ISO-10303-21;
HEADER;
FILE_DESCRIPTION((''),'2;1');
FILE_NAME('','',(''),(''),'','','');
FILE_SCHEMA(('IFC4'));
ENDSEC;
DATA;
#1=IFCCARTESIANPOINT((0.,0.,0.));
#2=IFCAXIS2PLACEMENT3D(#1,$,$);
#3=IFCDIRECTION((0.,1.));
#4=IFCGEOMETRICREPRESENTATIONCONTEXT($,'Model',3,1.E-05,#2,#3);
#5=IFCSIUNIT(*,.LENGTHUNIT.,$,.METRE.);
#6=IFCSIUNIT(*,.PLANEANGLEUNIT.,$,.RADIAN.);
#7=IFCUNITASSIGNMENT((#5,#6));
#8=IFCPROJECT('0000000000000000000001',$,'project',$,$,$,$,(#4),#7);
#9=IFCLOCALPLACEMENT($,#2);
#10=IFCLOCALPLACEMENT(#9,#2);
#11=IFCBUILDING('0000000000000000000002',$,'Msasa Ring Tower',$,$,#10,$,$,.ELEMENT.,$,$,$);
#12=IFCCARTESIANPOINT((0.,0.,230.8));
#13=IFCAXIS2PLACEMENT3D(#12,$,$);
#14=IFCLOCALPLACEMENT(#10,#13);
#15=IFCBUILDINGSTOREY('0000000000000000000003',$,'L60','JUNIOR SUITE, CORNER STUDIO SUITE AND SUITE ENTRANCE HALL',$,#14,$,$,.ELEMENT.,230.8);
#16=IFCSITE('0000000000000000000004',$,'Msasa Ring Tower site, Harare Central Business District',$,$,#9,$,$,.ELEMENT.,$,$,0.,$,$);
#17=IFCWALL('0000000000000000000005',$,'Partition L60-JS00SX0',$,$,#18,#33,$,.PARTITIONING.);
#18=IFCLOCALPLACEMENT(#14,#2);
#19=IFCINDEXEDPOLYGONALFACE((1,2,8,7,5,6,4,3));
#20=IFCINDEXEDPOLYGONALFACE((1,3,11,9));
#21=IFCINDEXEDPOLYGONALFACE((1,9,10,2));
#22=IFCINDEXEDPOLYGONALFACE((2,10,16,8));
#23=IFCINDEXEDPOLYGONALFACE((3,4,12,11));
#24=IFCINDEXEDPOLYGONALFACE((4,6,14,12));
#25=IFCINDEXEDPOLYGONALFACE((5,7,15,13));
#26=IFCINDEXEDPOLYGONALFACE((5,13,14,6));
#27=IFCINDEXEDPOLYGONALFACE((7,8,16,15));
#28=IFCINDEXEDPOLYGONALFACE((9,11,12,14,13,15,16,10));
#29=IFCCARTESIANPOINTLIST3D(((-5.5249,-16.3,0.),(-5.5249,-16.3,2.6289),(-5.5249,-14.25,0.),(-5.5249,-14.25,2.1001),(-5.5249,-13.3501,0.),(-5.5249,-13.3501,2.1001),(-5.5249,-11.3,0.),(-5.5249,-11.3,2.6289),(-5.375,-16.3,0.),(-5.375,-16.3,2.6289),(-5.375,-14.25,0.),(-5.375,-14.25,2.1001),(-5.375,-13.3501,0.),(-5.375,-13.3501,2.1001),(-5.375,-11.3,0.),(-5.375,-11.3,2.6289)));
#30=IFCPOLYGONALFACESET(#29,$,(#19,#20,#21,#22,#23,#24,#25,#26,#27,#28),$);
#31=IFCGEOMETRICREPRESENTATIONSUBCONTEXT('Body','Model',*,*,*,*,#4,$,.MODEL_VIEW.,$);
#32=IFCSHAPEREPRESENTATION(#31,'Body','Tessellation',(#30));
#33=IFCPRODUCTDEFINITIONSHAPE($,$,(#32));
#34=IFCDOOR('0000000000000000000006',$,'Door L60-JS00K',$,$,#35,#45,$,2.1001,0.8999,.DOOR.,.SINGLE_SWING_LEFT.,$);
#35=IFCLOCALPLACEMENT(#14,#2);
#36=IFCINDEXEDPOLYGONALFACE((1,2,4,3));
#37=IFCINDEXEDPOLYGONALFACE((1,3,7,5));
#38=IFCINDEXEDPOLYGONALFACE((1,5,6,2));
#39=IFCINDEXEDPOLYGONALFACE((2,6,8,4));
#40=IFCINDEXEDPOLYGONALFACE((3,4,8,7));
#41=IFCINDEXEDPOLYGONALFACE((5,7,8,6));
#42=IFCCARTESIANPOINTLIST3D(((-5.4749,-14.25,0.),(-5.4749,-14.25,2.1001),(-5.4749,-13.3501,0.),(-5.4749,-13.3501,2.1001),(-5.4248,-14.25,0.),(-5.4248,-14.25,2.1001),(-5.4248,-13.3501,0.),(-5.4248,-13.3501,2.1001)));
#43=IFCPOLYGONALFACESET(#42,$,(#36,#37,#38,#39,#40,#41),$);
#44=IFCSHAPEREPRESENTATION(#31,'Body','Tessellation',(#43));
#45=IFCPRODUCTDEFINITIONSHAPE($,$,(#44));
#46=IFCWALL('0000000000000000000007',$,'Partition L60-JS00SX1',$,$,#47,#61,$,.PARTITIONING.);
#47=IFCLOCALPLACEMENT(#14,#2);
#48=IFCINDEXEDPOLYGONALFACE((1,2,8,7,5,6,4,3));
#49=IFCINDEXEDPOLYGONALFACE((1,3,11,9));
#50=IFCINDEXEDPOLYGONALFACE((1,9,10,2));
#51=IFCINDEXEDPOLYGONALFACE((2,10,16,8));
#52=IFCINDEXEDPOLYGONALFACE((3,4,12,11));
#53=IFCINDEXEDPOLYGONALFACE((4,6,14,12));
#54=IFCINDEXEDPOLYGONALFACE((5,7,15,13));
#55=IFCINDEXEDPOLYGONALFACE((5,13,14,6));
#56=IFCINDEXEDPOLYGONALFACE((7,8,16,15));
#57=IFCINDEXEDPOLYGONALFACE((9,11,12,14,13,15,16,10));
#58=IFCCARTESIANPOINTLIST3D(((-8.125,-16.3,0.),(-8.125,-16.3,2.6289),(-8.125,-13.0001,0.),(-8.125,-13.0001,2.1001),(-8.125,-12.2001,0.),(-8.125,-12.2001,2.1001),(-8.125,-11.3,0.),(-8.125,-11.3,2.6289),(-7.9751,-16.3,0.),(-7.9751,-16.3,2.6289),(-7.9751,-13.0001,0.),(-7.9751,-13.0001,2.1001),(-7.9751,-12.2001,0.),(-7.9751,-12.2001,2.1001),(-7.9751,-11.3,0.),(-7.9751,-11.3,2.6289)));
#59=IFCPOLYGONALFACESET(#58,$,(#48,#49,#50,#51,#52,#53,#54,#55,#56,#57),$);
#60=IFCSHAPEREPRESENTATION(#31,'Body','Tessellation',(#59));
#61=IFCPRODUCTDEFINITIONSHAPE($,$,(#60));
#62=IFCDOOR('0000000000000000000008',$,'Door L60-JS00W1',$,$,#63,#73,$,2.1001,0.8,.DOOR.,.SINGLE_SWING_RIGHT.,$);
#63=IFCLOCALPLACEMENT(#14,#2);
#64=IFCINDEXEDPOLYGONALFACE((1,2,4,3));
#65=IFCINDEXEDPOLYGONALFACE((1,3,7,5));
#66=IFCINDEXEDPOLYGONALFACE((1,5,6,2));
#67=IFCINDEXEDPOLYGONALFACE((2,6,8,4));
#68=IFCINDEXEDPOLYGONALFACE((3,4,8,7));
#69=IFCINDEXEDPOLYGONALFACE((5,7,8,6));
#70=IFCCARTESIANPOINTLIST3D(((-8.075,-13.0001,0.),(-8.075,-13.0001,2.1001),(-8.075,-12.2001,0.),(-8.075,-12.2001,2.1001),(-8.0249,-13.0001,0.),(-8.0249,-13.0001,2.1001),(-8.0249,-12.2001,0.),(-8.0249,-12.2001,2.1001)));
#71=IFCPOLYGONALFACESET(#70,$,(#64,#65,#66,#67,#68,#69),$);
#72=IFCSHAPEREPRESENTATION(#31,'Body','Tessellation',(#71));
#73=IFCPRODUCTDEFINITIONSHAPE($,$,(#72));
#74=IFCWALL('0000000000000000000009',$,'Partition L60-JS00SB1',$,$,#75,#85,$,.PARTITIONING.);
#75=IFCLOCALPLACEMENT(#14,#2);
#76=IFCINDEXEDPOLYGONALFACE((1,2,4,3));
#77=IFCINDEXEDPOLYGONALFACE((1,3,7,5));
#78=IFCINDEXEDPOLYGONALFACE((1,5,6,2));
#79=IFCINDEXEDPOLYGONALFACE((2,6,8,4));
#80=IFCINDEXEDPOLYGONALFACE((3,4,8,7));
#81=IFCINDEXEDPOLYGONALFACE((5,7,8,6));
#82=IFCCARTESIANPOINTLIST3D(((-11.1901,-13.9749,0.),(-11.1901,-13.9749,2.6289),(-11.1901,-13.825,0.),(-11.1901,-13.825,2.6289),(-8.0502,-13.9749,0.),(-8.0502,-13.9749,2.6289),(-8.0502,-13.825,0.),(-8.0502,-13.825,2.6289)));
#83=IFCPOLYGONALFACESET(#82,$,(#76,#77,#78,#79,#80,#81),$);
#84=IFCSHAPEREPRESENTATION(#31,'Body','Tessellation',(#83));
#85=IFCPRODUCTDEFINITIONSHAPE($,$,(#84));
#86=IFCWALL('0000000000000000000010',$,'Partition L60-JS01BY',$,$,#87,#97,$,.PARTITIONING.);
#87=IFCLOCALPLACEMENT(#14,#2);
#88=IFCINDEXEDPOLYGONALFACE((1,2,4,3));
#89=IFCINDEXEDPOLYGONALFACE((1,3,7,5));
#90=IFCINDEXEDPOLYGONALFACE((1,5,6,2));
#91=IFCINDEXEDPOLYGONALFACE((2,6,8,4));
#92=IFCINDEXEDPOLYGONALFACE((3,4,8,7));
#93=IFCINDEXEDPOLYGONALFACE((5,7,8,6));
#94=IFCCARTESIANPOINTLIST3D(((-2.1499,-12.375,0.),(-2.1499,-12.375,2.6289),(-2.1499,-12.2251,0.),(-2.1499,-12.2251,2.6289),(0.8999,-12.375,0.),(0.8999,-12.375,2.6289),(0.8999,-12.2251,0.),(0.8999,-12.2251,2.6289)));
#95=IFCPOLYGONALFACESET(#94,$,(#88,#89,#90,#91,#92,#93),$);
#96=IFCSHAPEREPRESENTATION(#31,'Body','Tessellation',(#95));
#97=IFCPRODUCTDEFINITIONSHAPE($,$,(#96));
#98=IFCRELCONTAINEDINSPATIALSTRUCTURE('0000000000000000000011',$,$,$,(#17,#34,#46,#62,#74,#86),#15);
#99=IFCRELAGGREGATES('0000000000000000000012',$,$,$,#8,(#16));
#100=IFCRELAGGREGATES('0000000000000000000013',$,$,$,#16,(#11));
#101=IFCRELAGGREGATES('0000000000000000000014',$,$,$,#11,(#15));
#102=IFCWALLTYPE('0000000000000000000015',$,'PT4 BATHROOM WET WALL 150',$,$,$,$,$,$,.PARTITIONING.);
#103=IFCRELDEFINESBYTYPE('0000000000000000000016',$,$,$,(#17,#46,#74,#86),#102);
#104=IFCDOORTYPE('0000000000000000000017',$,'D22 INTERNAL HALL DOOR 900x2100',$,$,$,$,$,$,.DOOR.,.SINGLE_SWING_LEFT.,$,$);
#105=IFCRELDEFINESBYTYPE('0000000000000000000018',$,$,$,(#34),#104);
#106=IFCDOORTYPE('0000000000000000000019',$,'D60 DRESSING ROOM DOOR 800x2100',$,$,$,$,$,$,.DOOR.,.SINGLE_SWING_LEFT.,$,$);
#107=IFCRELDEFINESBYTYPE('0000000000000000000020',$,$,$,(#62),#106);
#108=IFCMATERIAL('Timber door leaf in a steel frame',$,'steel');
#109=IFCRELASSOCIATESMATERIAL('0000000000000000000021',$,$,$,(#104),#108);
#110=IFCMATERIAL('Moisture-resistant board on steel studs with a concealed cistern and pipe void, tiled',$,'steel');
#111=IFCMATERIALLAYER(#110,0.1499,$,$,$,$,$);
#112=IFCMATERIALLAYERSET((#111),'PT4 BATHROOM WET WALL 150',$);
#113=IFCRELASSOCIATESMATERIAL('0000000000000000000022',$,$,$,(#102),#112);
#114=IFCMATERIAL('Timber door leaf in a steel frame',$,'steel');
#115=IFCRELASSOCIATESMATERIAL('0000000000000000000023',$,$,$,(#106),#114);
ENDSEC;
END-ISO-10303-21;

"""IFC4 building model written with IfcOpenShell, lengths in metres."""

from ifc_helpers import new_model, si_unit, direction, frame, frame_2d, origin, place, context, subcontext, project, spatial, rectangle, extrude, material, layer, layer_set, type_object, element, fill, save


model = new_model("IFC4")

# Units and contexts
model_context = context("Model", 3, precision=1e-05, world=origin(), true_north=direction((0.0, 1.0)))
body_context = subcontext(model_context, "Body", "Model", "MODEL_VIEW")
ifc_project = project(units=[si_unit("LENGTHUNIT", "METRE"), si_unit("PLANEANGLEUNIT", "RADIAN")], contexts=[model_context])

# Site, building, storey
site_placement = place(None, origin())
site = spatial("IfcSite", under=ifc_project, at=site_placement, Name="Msasa Ring Tower site, Harare Central Business District", CompositionType="ELEMENT", RefElevation=0.0)
building_placement = place(site_placement, origin())
building = spatial("IfcBuilding", under=site, at=building_placement, Name="Msasa Ring Tower", CompositionType="ELEMENT")
storey_placement = place(building_placement, frame((0.0, 0.0, 230.8)))
storey = spatial("IfcBuildingStorey", under=building, at=storey_placement, Name="L60", Description="JUNIOR SUITE, CORNER STUDIO SUITE AND SUITE ENTRANCE HALL", CompositionType="ELEMENT", Elevation=230.8)

# Shared definitions
ifc_material_1 = material(Name="Timber door leaf in a steel frame", Category="steel")
door_type_1 = type_object("IfcDoorType", Name="D22 INTERNAL HALL DOOR 900x2100", OperationType="SINGLE_SWING_LEFT", PredefinedType="DOOR", material=ifc_material_1)

# Walls, openings, doors
ifc_material_2 = material(Name="Moisture-resistant board on steel studs with a concealed cistern and pipe void, tiled", Category="steel")
ifc_layer_1 = layer(ifc_material_2, 0.1499)
ifc_layer_set_1 = layer_set([ifc_layer_1], Name="PT4 BATHROOM WET WALL 150")
wall_type_1 = type_object("IfcWallType", Name="PT4 BATHROOM WET WALL 150", PredefinedType="PARTITIONING", material=ifc_layer_set_1)
wall_1_placement = place(storey_placement, frame((-5.45, -16.3, 0.0), z_axis=(0.0, 0.0, 1.0), x_axis=(0.0, 1.0, 0.0)))
wall_1 = element("IfcWall", 1, at=wall_1_placement, inside=storey, type_object=wall_type_1, Name="Partition L60-JS00SX0", PredefinedType="PARTITIONING", context=body_context, shape_type="SweptSolid", body=[
    extrude(rectangle(XDim=5.0, YDim=0.1499, at=frame_2d((2.5, 0.0))), origin(), (0.0, 0.0, 1.0), 2.6289),
])
opening_1_placement = place(wall_1_placement, frame((2.05, 0.0, 0.0)))
opening_1 = element("IfcOpeningElement", 2, at=opening_1_placement, cuts=wall_1, PredefinedType="OPENING", context=body_context, shape_type="SweptSolid", body=[
    extrude(rectangle(XDim=0.8999, YDim=2.1001, at=frame_2d((0.45, 1.05))), frame((0.0, 0.085, 0.0), z_axis=(0.0, -1.0, 0.0), x_axis=(1.0, 0.0, 0.0)), (0.0, 0.0, 1.0), 0.1699),
])
door_1_placement = place(opening_1_placement, origin())
door_1 = element("IfcDoor", 3, at=door_1_placement, inside=storey, type_object=door_type_1, Name="Door L60-JS00K", OperationType="SINGLE_SWING_LEFT", OverallHeight=2.1001, OverallWidth=0.8999, PredefinedType="DOOR", context=body_context, shape_type="SweptSolid", body=[
    extrude(rectangle(XDim=0.8999, YDim=2.1001, at=frame_2d((0.45, 1.05))), frame((0.0, 0.0249, 0.0), z_axis=(0.0, -1.0, 0.0), x_axis=(1.0, 0.0, 0.0)), (0.0, 0.0, 1.0), 0.05),
])
fill(opening_1, door_1)
wall_2_placement = place(storey_placement, frame((-8.05, -16.3, 0.0), z_axis=(0.0, 0.0, 1.0), x_axis=(0.0, 1.0, 0.0)))
wall_2 = element("IfcWall", 4, at=wall_2_placement, inside=storey, type_object=wall_type_1, Name="Partition L60-JS00SX1", PredefinedType="PARTITIONING", context=body_context, shape_type="SweptSolid", body=[
    extrude(rectangle(XDim=5.0, YDim=0.1499, at=frame_2d((2.5, 0.0))), origin(), (0.0, 0.0, 1.0), 2.6289),
])
opening_2_placement = place(wall_2_placement, frame((3.3, 0.0, 0.0)))
opening_2 = element("IfcOpeningElement", 5, at=opening_2_placement, cuts=wall_2, PredefinedType="OPENING", context=body_context, shape_type="SweptSolid", body=[
    extrude(rectangle(XDim=0.8, YDim=2.1001, at=frame_2d((0.3999, 1.05))), frame((0.0, 0.085, 0.0), z_axis=(0.0, -1.0, 0.0), x_axis=(1.0, 0.0, 0.0)), (0.0, 0.0, 1.0), 0.1699),
])
ifc_material_3 = material(Name="Timber door leaf in a steel frame", Category="steel")
door_type_2 = type_object("IfcDoorType", Name="D60 DRESSING ROOM DOOR 800x2100", OperationType="SINGLE_SWING_LEFT", PredefinedType="DOOR", material=ifc_material_3)
door_2_placement = place(opening_2_placement, origin())
door_2 = element("IfcDoor", 6, at=door_2_placement, inside=storey, type_object=door_type_2, Name="Door L60-JS00W1", OperationType="SINGLE_SWING_RIGHT", OverallHeight=2.1001, OverallWidth=0.8, PredefinedType="DOOR", context=body_context, shape_type="SweptSolid", body=[
    extrude(rectangle(XDim=0.8, YDim=2.1001, at=frame_2d((0.3999, 1.05))), frame((0.0, 0.0249, 0.0), z_axis=(0.0, -1.0, 0.0), x_axis=(1.0, 0.0, 0.0)), (0.0, 0.0, 1.0), 0.05),
])
fill(opening_2, door_2)

# Walls
wall_3_placement = place(storey_placement, frame((-11.1899, -13.8999, 0.0), z_axis=(0.0, 0.0, 1.0), x_axis=(1.0, 0.0, 0.0)))
element("IfcWall", 7, at=wall_3_placement, inside=storey, type_object=wall_type_1, Name="Partition L60-JS00SB1", PredefinedType="PARTITIONING", context=body_context, shape_type="SweptSolid", body=[
    extrude(rectangle(XDim=3.1399, YDim=0.1499, at=frame_2d((1.5698, 0.0))), origin(), (0.0, 0.0, 1.0), 2.6289),
])
wall_4_placement = place(storey_placement, frame((-2.1499, -12.3, 0.0), z_axis=(0.0, 0.0, 1.0), x_axis=(1.0, 0.0, 0.0)))
element("IfcWall", 8, at=wall_4_placement, inside=storey, type_object=wall_type_1, Name="Partition L60-JS01BY", PredefinedType="PARTITIONING", context=body_context, shape_type="SweptSolid", body=[
    extrude(rectangle(XDim=3.0498, YDim=0.1499, at=frame_2d((1.5249, 0.0))), origin(), (0.0, 0.0, 1.0), 2.6289),
])

save(model, "model.ifc")
